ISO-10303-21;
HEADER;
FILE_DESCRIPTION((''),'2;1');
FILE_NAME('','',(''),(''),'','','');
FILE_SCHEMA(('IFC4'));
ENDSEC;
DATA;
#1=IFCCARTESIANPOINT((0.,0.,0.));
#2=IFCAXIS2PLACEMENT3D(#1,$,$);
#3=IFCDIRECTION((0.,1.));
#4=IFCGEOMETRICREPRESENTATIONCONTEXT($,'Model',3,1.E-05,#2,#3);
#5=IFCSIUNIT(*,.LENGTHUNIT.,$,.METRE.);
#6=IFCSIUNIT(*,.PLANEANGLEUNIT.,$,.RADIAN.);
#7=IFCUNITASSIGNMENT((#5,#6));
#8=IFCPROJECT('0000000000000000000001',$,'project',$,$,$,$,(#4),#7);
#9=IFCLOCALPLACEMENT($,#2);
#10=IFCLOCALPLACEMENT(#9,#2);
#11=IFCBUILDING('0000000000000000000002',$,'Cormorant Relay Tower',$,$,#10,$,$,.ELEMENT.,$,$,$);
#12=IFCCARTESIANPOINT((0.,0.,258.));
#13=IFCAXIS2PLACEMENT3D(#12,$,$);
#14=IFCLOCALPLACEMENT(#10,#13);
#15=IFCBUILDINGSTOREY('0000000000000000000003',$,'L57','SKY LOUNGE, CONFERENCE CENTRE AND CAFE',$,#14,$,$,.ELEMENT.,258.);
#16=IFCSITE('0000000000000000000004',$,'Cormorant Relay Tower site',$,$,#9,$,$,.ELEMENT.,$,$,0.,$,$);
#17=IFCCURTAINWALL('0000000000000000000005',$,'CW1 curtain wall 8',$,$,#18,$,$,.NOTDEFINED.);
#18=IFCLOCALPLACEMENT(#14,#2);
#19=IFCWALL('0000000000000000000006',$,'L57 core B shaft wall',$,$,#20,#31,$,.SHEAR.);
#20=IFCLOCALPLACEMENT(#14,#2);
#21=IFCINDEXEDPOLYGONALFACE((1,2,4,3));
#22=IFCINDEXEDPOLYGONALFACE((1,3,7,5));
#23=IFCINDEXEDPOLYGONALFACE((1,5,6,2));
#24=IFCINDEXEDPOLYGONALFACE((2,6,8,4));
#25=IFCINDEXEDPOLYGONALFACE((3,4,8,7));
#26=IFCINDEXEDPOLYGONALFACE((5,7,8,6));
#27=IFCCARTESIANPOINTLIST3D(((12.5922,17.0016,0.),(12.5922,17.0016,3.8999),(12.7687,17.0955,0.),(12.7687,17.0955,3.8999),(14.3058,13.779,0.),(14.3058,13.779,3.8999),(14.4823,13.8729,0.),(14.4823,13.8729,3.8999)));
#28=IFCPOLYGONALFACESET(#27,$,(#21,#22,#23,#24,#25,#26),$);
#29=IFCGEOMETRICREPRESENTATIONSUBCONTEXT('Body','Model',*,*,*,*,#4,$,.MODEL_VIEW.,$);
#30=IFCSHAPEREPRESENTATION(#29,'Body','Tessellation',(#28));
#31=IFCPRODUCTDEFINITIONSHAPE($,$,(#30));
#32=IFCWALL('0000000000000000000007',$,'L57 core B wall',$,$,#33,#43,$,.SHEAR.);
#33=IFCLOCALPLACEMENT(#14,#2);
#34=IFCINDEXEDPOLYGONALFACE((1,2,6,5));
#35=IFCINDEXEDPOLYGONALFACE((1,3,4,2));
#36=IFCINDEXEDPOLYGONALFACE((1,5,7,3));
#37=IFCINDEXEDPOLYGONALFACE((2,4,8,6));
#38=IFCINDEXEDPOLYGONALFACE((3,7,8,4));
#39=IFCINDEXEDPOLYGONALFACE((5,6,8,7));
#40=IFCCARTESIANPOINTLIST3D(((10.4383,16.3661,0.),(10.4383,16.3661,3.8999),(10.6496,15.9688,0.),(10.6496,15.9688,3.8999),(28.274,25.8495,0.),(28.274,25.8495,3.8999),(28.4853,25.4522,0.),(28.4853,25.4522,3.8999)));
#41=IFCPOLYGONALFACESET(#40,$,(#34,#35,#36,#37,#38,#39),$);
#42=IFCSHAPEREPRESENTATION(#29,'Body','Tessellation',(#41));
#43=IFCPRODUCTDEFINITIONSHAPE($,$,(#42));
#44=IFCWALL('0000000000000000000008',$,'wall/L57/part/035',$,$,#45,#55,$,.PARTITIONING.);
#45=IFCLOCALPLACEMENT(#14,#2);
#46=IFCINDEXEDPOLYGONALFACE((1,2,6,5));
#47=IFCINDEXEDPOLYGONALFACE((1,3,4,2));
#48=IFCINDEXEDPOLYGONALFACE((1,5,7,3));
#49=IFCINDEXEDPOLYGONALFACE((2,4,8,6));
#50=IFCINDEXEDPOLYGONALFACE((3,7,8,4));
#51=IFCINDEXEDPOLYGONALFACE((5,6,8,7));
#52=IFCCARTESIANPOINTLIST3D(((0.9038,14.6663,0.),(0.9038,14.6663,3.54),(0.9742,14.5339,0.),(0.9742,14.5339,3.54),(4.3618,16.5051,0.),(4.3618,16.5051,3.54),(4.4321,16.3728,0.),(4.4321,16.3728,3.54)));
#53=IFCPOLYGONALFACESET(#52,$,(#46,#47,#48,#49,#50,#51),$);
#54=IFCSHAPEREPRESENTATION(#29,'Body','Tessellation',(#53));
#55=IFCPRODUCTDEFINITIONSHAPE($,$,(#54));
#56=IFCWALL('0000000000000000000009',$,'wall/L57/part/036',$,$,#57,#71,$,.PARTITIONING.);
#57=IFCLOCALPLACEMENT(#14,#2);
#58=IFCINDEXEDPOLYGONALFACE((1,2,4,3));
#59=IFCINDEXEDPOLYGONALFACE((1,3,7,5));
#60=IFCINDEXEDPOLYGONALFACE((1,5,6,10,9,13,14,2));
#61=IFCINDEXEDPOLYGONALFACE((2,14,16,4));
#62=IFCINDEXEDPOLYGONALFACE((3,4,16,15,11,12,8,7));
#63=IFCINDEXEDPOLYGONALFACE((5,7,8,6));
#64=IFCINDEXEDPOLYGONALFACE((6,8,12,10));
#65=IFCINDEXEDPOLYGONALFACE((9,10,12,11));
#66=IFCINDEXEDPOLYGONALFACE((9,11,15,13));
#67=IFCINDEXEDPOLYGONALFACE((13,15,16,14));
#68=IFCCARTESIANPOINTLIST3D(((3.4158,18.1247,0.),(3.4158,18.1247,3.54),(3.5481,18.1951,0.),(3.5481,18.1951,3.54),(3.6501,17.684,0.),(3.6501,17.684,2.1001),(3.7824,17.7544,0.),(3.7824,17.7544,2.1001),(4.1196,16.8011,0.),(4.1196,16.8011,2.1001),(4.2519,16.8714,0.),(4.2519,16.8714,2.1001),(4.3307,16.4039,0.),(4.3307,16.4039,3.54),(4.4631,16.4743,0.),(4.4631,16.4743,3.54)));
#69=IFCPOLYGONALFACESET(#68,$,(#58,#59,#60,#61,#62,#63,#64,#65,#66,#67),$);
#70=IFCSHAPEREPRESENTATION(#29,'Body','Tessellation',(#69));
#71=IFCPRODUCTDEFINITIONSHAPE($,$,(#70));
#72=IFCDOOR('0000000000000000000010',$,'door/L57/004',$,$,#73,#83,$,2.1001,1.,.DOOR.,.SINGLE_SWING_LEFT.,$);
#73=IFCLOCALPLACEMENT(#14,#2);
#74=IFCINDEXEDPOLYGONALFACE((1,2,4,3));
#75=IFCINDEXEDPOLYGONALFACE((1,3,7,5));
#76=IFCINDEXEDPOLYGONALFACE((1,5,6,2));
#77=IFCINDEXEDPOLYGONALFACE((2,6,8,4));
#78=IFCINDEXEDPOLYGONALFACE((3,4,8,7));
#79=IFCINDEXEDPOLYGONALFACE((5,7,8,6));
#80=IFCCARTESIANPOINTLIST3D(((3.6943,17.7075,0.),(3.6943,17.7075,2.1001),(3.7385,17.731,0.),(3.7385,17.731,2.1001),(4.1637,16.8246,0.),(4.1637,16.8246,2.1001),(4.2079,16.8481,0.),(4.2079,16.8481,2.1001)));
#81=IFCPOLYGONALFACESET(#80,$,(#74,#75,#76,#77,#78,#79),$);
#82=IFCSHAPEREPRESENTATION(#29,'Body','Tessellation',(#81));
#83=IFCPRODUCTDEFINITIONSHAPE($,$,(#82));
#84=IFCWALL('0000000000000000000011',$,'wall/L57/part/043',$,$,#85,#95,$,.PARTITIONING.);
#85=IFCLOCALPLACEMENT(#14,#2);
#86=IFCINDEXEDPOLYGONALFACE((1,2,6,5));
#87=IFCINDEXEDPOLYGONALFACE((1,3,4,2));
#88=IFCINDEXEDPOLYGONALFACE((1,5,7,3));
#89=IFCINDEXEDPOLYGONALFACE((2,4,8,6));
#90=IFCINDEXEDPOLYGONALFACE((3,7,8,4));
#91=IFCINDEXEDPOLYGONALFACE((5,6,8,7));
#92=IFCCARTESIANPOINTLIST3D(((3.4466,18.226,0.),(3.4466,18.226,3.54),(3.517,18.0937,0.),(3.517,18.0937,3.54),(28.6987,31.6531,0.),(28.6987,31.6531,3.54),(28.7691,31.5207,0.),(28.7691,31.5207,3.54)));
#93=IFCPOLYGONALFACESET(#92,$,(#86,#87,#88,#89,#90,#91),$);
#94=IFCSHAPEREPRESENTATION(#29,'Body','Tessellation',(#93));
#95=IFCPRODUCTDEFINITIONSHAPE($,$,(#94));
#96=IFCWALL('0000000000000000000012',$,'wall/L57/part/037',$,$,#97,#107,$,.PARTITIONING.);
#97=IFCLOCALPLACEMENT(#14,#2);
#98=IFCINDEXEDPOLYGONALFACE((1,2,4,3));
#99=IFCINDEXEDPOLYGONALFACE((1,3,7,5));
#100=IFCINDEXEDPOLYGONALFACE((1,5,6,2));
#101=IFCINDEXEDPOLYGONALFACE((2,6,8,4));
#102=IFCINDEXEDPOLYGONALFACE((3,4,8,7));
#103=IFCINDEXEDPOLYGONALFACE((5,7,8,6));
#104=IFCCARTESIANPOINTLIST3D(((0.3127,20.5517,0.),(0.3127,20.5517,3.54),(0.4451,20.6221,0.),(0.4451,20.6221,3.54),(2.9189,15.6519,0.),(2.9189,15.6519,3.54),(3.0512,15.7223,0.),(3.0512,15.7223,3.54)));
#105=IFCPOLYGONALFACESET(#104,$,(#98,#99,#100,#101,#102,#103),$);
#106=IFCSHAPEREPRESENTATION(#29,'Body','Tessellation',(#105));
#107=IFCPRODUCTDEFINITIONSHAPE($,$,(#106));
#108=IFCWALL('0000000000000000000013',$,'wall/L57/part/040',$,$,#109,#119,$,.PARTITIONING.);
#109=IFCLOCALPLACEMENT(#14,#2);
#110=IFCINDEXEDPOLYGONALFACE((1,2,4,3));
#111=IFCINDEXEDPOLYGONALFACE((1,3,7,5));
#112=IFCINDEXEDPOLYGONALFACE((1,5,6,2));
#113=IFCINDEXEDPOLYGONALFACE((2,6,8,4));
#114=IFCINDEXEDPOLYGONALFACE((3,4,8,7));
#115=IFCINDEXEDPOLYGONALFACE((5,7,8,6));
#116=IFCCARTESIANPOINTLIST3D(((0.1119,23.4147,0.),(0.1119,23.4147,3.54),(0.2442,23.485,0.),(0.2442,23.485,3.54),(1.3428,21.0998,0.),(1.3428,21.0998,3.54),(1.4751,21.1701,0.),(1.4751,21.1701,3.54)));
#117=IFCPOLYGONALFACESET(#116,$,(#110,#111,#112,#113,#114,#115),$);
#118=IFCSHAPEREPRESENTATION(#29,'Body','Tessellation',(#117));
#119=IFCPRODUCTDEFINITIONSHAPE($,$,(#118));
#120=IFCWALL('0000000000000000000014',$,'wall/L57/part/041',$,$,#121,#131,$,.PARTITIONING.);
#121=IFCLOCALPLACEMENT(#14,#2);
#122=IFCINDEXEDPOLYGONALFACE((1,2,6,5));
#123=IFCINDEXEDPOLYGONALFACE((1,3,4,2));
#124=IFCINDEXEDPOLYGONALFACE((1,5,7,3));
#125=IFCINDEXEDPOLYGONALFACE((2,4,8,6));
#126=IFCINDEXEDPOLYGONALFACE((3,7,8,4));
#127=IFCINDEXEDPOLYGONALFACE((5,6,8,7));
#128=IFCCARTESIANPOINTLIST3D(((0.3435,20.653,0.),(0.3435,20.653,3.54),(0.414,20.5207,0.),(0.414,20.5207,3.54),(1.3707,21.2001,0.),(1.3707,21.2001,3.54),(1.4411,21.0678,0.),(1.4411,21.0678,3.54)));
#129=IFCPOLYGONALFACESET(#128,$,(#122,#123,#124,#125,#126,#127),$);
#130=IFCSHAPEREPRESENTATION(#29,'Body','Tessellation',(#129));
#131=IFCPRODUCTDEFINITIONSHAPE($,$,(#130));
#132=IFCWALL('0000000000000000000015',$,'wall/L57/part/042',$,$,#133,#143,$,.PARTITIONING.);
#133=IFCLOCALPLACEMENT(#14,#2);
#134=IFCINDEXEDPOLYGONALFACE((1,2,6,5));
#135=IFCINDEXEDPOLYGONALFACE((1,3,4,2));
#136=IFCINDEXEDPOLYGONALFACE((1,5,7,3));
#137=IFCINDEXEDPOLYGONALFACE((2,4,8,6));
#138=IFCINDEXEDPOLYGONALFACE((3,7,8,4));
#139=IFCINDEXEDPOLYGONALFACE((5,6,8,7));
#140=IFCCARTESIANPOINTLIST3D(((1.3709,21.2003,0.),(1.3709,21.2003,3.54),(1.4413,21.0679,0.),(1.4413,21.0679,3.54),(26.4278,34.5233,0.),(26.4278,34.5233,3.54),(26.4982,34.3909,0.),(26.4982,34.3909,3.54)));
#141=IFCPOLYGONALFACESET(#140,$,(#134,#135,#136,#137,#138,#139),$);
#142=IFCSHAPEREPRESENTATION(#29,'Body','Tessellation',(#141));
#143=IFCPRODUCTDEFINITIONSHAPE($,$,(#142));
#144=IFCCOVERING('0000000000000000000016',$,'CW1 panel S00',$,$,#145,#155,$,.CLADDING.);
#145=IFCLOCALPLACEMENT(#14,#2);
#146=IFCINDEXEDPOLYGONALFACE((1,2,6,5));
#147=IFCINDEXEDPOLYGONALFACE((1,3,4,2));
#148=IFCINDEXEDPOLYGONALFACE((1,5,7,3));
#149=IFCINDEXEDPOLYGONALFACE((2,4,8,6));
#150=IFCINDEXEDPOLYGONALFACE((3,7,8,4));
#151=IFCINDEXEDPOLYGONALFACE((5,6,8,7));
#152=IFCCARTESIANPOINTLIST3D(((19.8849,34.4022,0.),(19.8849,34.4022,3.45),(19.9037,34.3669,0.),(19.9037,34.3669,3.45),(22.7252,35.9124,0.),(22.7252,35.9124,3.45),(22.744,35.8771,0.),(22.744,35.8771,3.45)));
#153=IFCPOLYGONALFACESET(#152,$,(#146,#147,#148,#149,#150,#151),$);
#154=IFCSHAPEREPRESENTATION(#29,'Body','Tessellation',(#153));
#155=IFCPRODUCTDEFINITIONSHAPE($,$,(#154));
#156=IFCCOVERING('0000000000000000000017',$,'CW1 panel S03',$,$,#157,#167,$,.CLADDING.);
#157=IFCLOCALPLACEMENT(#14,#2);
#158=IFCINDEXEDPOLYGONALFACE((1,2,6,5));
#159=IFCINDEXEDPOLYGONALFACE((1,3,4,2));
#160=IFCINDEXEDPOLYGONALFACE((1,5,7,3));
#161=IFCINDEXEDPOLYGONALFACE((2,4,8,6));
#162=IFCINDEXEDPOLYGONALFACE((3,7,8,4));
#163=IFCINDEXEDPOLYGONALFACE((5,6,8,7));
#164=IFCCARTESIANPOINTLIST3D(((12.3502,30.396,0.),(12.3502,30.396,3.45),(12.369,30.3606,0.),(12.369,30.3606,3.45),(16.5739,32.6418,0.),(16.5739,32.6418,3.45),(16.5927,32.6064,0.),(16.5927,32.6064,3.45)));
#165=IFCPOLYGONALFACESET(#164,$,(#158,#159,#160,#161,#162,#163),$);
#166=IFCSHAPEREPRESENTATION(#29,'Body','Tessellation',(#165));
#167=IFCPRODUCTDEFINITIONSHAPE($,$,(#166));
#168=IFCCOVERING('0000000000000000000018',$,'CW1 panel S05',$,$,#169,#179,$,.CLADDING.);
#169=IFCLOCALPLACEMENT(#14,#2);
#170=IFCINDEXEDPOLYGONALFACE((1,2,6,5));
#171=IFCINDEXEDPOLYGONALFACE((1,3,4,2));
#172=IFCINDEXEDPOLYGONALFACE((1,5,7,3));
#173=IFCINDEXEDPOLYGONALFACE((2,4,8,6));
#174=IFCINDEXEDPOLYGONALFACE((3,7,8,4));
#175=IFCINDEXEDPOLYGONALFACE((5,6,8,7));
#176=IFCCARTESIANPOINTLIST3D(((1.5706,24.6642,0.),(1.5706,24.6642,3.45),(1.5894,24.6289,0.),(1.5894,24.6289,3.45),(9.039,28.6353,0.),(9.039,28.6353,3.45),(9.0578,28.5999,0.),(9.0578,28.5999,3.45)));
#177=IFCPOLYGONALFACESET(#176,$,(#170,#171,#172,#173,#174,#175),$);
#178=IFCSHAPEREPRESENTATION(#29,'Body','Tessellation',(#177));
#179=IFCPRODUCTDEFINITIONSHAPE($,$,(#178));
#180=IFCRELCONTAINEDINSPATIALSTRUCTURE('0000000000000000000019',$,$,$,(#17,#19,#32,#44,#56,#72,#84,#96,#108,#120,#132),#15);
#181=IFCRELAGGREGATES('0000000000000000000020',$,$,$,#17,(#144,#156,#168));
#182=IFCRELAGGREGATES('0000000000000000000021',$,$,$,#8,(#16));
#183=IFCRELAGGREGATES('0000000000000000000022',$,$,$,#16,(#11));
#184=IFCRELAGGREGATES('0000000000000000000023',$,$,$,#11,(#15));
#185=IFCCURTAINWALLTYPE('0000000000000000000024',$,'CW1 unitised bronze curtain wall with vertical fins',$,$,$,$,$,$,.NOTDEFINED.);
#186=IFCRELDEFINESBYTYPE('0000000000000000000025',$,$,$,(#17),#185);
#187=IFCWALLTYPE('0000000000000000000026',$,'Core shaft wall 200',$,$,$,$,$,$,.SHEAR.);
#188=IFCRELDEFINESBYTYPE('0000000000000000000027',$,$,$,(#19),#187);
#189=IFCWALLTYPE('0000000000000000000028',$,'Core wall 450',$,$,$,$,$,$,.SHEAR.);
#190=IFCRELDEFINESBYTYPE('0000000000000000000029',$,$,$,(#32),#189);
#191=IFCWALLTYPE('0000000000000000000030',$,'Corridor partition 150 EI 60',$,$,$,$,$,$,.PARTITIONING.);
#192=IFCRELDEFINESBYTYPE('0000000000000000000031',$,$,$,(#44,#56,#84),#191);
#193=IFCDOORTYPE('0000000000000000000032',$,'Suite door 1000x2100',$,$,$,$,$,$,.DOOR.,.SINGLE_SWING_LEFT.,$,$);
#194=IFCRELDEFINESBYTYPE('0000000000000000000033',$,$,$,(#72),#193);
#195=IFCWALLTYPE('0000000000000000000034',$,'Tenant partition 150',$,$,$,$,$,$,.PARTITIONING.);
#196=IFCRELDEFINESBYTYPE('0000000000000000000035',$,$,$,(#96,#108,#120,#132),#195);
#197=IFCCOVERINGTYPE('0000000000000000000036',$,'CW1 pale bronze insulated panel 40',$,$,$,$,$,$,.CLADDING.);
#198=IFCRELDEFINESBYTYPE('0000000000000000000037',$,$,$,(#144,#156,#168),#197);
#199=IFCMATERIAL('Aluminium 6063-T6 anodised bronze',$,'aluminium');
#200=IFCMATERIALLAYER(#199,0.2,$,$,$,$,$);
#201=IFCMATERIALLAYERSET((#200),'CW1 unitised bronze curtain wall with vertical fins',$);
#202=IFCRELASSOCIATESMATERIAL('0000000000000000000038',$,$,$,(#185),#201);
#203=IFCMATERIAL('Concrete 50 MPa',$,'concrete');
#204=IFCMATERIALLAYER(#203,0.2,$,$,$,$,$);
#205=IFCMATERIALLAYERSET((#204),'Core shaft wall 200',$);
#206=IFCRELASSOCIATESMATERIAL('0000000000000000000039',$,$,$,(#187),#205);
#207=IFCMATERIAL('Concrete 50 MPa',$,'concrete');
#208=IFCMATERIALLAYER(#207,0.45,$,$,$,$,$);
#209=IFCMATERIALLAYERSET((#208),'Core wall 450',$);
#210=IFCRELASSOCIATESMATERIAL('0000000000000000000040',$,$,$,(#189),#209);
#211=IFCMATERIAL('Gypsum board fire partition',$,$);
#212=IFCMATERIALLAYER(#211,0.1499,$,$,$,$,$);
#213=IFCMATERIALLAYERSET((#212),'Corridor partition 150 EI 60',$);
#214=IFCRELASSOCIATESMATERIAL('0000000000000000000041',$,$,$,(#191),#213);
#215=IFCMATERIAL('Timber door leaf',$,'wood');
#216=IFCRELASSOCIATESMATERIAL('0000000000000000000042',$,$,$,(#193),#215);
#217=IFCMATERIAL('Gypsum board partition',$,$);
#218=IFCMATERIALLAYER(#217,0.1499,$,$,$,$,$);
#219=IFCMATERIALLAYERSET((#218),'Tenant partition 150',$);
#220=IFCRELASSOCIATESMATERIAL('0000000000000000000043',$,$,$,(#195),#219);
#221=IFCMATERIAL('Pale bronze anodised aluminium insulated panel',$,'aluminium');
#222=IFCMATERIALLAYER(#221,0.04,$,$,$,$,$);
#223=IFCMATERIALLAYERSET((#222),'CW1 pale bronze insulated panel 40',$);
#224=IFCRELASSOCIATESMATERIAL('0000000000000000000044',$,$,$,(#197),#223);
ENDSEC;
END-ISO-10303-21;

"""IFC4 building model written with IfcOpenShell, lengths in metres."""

from ifc_helpers import new_model, si_unit, direction, frame, frame_2d, origin, origin_2d, place, context, subcontext, project, spatial, rectangle, extrude, material, layer, layer_set, type_object, element, fill, aggregate, save


model = new_model("IFC4")

# Units and contexts
model_context = context("Model", 3, precision=1e-05, world=origin(), true_north=direction((0.0, 1.0)))
body_context = subcontext(model_context, "Body", "Model", "MODEL_VIEW")
ifc_project = project(units=[si_unit("LENGTHUNIT", "METRE"), si_unit("PLANEANGLEUNIT", "RADIAN")], contexts=[model_context])

# Site, building, storey
site_placement = place(None, origin())
site = spatial("IfcSite", under=ifc_project, at=site_placement, Name="Cormorant Relay Tower site", CompositionType="ELEMENT", RefElevation=0.0)
building_placement = place(site_placement, origin())
building = spatial("IfcBuilding", under=site, at=building_placement, Name="Cormorant Relay Tower", CompositionType="ELEMENT")
storey_placement = place(building_placement, frame((0.0, 0.0, 258.0)))
storey = spatial("IfcBuildingStorey", under=building, at=storey_placement, Name="L57", Description="SKY LOUNGE, CONFERENCE CENTRE AND CAFE", CompositionType="ELEMENT", Elevation=258.0)

# Curtain wall
ifc_material_1 = material(Name="Aluminium 6063-T6 anodised bronze", Category="aluminium")
ifc_layer_1 = layer(ifc_material_1, 0.2)
ifc_layer_set_1 = layer_set([ifc_layer_1], Name="CW1 unitised bronze curtain wall with vertical fins")
curtain_wall_type = type_object("IfcCurtainWallType", Name="CW1 unitised bronze curtain wall with vertical fins", PredefinedType="NOTDEFINED", material=ifc_layer_set_1)
curtain_wall_1_placement = place(storey_placement, origin())
curtain_wall_1 = element("IfcCurtainWall", 1, at=curtain_wall_1_placement, inside=storey, type_object=curtain_wall_type, Name="CW1 curtain wall 8", PredefinedType="NOTDEFINED")

# Walls
ifc_material_2 = material(Name="Concrete 50 MPa", Category="concrete")
ifc_layer_2 = layer(ifc_material_2, 0.2)
ifc_layer_set_2 = layer_set([ifc_layer_2], Name="Core shaft wall 200")
wall_type_1 = type_object("IfcWallType", Name="Core shaft wall 200", PredefinedType="SHEAR", material=ifc_layer_set_2)
wall_1_placement = place(storey_placement, frame((14.394, 13.8259, 0.0), z_axis=(0.0, 0.0, 1.0), x_axis=(-0.469494, 0.882936, 0.0)))
element("IfcWall", 2, at=wall_1_placement, inside=storey, type_object=wall_type_1, Name="L57 core B shaft wall", PredefinedType="SHEAR", context=body_context, shape_type="SweptSolid", body=[
    extrude(rectangle(XDim=3.6499, YDim=0.2, at=frame_2d((1.825, 0.0))), origin(), (0.0, 0.0, 1.0), 3.8999),
])
ifc_material_3 = material(Name="Concrete 50 MPa", Category="concrete")
ifc_layer_3 = layer(ifc_material_3, 0.45)
ifc_layer_set_3 = layer_set([ifc_layer_3], Name="Core wall 450")
wall_type_2 = type_object("IfcWallType", Name="Core wall 450", PredefinedType="SHEAR", material=ifc_layer_set_3)
wall_2_placement = place(storey_placement, frame((10.5439, 16.1675, 0.0), z_axis=(0.0, 0.0, 1.0), x_axis=(0.882948, 0.469471, 0.0)))
element("IfcWall", 3, at=wall_2_placement, inside=storey, type_object=wall_type_2, Name="L57 core B wall", PredefinedType="SHEAR", context=body_context, shape_type="SweptSolid", body=[
    extrude(rectangle(XDim=20.2002, YDim=0.45, at=frame_2d((10.1001, 0.0))), origin(), (0.0, 0.0, 1.0), 3.8999),
])
ifc_material_4 = material(Name="Gypsum board fire partition")
ifc_layer_4 = layer(ifc_material_4, 0.1499)
ifc_layer_set_4 = layer_set([ifc_layer_4], Name="Corridor partition 150 EI 60")
wall_type_3 = type_object("IfcWallType", Name="Corridor partition 150 EI 60", PredefinedType="PARTITIONING", material=ifc_layer_set_4)
wall_3_placement = place(storey_placement, frame((0.939, 14.6001, 0.0), z_axis=(0.0, 0.0, 1.0), x_axis=(0.882925, 0.469514, 0.0)))
element("IfcWall", 4, at=wall_3_placement, inside=storey, type_object=wall_type_3, Name="wall/L57/part/035", PredefinedType="PARTITIONING", context=body_context, shape_type="SweptSolid", body=[
    extrude(rectangle(XDim=3.9165, YDim=0.1499, at=frame_2d((1.9583, 0.0))), origin(), (0.0, 0.0, 1.0), 3.54),
])

# Wall, opening, door
wall_4_placement = place(storey_placement, frame((4.397, 16.439, 0.0), z_axis=(0.0, 0.0, 1.0), x_axis=(-0.46947, 0.882949, 0.0)))
wall_4 = element("IfcWall", 5, at=wall_4_placement, inside=storey, type_object=wall_type_3, Name="wall/L57/part/036", PredefinedType="PARTITIONING", context=body_context, shape_type="SweptSolid", body=[
    extrude(rectangle(XDim=1.949, YDim=0.1499, at=frame_2d((0.9746, 0.0))), origin(), (0.0, 0.0, 1.0), 3.54),
])
opening_placement = place(wall_4_placement, frame((0.45, 0.0, 0.0)))
opening = element("IfcOpeningElement", 6, at=opening_placement, cuts=wall_4, PredefinedType="OPENING", context=body_context, shape_type="SweptSolid", body=[
    extrude(rectangle(XDim=1.0, YDim=2.1001, at=frame_2d((0.5, 1.05))), frame((0.0, 0.085, 0.0), z_axis=(0.0, -1.0, 0.0), x_axis=(1.0, 0.0, 0.0)), (0.0, 0.0, 1.0), 0.1699),
])
ifc_material_5 = material(Name="Timber door leaf", Category="wood")
door_type = type_object("IfcDoorType", Name="Suite door 1000x2100", OperationType="SINGLE_SWING_LEFT", PredefinedType="DOOR", material=ifc_material_5)
door_placement = place(opening_placement, origin())
door = element("IfcDoor", 7, at=door_placement, inside=storey, type_object=door_type, Name="door/L57/004", OperationType="SINGLE_SWING_LEFT", OverallHeight=2.1001, OverallWidth=1.0, PredefinedType="DOOR", context=body_context, shape_type="SweptSolid", body=[
    extrude(rectangle(XDim=1.0, YDim=2.1001, at=frame_2d((0.5, 1.05))), frame((0.0, 0.0249, 0.0), z_axis=(0.0, -1.0, 0.0), x_axis=(1.0, 0.0, 0.0)), (0.0, 0.0, 1.0), 0.05),
])
fill(opening, door)

# Walls
wall_5_placement = place(storey_placement, frame((3.4819, 18.1599, 0.0), z_axis=(0.0, 0.0, 1.0), x_axis=(0.882943, 0.46948, 0.0)))
element("IfcWall", 8, at=wall_5_placement, inside=storey, type_object=wall_type_3, Name="wall/L57/part/043", PredefinedType="PARTITIONING", context=body_context, shape_type="SweptSolid", body=[
    extrude(rectangle(XDim=28.5999, YDim=0.1499, at=frame_2d((14.2998, 0.0))), origin(), (0.0, 0.0, 1.0), 3.54),
])
ifc_material_6 = material(Name="Gypsum board partition")
ifc_layer_5 = layer(ifc_material_6, 0.1499)
ifc_layer_set_5 = layer_set([ifc_layer_5], Name="Tenant partition 150")
wall_type_4 = type_object("IfcWallType", Name="Tenant partition 150", PredefinedType="PARTITIONING", material=ifc_layer_set_5)
wall_6_placement = place(storey_placement, frame((0.3789, 20.5869, 0.0), z_axis=(0.0, 0.0, 1.0), x_axis=(0.469595, -0.882882, 0.0)))
element("IfcWall", 9, at=wall_6_placement, inside=storey, type_object=wall_type_4, Name="wall/L57/part/037", PredefinedType="PARTITIONING", context=body_context, shape_type="SweptSolid", body=[
    extrude(rectangle(XDim=5.5498, YDim=0.1499, at=frame_2d((2.7749, 0.0))), origin(), (0.0, 0.0, 1.0), 3.54),
])
wall_7_placement = place(storey_placement, frame((0.178, 23.45, 0.0), z_axis=(0.0, 0.0, 1.0), x_axis=(0.469496, -0.882935, 0.0)))
element("IfcWall", 10, at=wall_7_placement, inside=storey, type_object=wall_type_4, Name="wall/L57/part/040", PredefinedType="PARTITIONING", context=body_context, shape_type="SweptSolid", body=[
    extrude(rectangle(XDim=2.6218, YDim=0.1499, at=frame_2d((1.311, 0.0))), origin(), (0.0, 0.0, 1.0), 3.54),
])
wall_8_placement = place(storey_placement, frame((1.406, 21.134, 0.0), z_axis=(0.0, 0.0, 1.0), x_axis=(-0.882591, -0.470142, 0.0)))
element("IfcWall", 11, at=wall_8_placement, inside=storey, type_object=wall_type_4, Name="wall/L57/part/041", PredefinedType="PARTITIONING", context=body_context, shape_type="SweptSolid", body=[
    extrude(rectangle(XDim=1.1638, YDim=0.1499, at=frame_2d((0.582, 0.0))), origin(), (0.0, 0.0, 1.0), 3.54),
])
wall_9_placement = place(storey_placement, frame((1.406, 21.134, 0.0), z_axis=(0.0, 0.0, 1.0), x_axis=(0.882947, 0.469472, 0.0)))
element("IfcWall", 12, at=wall_9_placement, inside=storey, type_object=wall_type_4, Name="wall/L57/part/042", PredefinedType="PARTITIONING", context=body_context, shape_type="SweptSolid", body=[
    extrude(rectangle(XDim=28.3787, YDim=0.1499, at=frame_2d((14.1895, 0.0))), origin(), (0.0, 0.0, 1.0), 3.54),
])

# Coverings
ifc_material_7 = material(Name="Pale bronze anodised aluminium insulated panel", Category="aluminium")
ifc_layer_6 = layer(ifc_material_7, 0.04)
ifc_layer_set_6 = layer_set([ifc_layer_6], Name="CW1 pale bronze insulated panel 40")
covering_type = type_object("IfcCoveringType", Name="CW1 pale bronze insulated panel 40", PredefinedType="CLADDING", material=ifc_layer_set_6)
covering_1_placement = place(storey_placement, frame((21.3145, 35.1396, 0.0), z_axis=(0.0, 0.0, 1.0), x_axis=(-0.882948, -0.469472, 0.0)))
covering_1 = element("IfcCovering", 13, at=covering_1_placement, type_object=covering_type, Name="CW1 panel S00", PredefinedType="CLADDING", context=body_context, shape_type="SweptSolid", body=[
    extrude(rectangle(XDim=3.2168, YDim=0.04, at=origin_2d()), origin(), (0.0, 0.0, 1.0), 3.45),
])
covering_2_placement = place(storey_placement, frame((14.4714, 31.5012, 0.0), z_axis=(0.0, 0.0, 1.0), x_axis=(-0.882948, -0.469472, 0.0)))
covering_2 = element("IfcCovering", 14, at=covering_2_placement, type_object=covering_type, Name="CW1 panel S03", PredefinedType="CLADDING", context=body_context, shape_type="SweptSolid", body=[
    extrude(rectangle(XDim=4.7837, YDim=0.04, at=origin_2d()), origin(), (0.0, 0.0, 1.0), 3.45),
])
covering_3_placement = place(storey_placement, frame((5.3142, 26.6321, 0.0), z_axis=(0.0, 0.0, 1.0), x_axis=(-0.882948, -0.469472, 0.0)))
covering_3 = element("IfcCovering", 15, at=covering_3_placement, type_object=covering_type, Name="CW1 panel S05", PredefinedType="CLADDING", context=body_context, shape_type="SweptSolid", body=[
    extrude(rectangle(XDim=8.4585, YDim=0.04, at=origin_2d()), origin(), (0.0, 0.0, 1.0), 3.45),
])
aggregate(curtain_wall_1, [covering_1, covering_2, covering_3])

save(model, "model.ifc")
